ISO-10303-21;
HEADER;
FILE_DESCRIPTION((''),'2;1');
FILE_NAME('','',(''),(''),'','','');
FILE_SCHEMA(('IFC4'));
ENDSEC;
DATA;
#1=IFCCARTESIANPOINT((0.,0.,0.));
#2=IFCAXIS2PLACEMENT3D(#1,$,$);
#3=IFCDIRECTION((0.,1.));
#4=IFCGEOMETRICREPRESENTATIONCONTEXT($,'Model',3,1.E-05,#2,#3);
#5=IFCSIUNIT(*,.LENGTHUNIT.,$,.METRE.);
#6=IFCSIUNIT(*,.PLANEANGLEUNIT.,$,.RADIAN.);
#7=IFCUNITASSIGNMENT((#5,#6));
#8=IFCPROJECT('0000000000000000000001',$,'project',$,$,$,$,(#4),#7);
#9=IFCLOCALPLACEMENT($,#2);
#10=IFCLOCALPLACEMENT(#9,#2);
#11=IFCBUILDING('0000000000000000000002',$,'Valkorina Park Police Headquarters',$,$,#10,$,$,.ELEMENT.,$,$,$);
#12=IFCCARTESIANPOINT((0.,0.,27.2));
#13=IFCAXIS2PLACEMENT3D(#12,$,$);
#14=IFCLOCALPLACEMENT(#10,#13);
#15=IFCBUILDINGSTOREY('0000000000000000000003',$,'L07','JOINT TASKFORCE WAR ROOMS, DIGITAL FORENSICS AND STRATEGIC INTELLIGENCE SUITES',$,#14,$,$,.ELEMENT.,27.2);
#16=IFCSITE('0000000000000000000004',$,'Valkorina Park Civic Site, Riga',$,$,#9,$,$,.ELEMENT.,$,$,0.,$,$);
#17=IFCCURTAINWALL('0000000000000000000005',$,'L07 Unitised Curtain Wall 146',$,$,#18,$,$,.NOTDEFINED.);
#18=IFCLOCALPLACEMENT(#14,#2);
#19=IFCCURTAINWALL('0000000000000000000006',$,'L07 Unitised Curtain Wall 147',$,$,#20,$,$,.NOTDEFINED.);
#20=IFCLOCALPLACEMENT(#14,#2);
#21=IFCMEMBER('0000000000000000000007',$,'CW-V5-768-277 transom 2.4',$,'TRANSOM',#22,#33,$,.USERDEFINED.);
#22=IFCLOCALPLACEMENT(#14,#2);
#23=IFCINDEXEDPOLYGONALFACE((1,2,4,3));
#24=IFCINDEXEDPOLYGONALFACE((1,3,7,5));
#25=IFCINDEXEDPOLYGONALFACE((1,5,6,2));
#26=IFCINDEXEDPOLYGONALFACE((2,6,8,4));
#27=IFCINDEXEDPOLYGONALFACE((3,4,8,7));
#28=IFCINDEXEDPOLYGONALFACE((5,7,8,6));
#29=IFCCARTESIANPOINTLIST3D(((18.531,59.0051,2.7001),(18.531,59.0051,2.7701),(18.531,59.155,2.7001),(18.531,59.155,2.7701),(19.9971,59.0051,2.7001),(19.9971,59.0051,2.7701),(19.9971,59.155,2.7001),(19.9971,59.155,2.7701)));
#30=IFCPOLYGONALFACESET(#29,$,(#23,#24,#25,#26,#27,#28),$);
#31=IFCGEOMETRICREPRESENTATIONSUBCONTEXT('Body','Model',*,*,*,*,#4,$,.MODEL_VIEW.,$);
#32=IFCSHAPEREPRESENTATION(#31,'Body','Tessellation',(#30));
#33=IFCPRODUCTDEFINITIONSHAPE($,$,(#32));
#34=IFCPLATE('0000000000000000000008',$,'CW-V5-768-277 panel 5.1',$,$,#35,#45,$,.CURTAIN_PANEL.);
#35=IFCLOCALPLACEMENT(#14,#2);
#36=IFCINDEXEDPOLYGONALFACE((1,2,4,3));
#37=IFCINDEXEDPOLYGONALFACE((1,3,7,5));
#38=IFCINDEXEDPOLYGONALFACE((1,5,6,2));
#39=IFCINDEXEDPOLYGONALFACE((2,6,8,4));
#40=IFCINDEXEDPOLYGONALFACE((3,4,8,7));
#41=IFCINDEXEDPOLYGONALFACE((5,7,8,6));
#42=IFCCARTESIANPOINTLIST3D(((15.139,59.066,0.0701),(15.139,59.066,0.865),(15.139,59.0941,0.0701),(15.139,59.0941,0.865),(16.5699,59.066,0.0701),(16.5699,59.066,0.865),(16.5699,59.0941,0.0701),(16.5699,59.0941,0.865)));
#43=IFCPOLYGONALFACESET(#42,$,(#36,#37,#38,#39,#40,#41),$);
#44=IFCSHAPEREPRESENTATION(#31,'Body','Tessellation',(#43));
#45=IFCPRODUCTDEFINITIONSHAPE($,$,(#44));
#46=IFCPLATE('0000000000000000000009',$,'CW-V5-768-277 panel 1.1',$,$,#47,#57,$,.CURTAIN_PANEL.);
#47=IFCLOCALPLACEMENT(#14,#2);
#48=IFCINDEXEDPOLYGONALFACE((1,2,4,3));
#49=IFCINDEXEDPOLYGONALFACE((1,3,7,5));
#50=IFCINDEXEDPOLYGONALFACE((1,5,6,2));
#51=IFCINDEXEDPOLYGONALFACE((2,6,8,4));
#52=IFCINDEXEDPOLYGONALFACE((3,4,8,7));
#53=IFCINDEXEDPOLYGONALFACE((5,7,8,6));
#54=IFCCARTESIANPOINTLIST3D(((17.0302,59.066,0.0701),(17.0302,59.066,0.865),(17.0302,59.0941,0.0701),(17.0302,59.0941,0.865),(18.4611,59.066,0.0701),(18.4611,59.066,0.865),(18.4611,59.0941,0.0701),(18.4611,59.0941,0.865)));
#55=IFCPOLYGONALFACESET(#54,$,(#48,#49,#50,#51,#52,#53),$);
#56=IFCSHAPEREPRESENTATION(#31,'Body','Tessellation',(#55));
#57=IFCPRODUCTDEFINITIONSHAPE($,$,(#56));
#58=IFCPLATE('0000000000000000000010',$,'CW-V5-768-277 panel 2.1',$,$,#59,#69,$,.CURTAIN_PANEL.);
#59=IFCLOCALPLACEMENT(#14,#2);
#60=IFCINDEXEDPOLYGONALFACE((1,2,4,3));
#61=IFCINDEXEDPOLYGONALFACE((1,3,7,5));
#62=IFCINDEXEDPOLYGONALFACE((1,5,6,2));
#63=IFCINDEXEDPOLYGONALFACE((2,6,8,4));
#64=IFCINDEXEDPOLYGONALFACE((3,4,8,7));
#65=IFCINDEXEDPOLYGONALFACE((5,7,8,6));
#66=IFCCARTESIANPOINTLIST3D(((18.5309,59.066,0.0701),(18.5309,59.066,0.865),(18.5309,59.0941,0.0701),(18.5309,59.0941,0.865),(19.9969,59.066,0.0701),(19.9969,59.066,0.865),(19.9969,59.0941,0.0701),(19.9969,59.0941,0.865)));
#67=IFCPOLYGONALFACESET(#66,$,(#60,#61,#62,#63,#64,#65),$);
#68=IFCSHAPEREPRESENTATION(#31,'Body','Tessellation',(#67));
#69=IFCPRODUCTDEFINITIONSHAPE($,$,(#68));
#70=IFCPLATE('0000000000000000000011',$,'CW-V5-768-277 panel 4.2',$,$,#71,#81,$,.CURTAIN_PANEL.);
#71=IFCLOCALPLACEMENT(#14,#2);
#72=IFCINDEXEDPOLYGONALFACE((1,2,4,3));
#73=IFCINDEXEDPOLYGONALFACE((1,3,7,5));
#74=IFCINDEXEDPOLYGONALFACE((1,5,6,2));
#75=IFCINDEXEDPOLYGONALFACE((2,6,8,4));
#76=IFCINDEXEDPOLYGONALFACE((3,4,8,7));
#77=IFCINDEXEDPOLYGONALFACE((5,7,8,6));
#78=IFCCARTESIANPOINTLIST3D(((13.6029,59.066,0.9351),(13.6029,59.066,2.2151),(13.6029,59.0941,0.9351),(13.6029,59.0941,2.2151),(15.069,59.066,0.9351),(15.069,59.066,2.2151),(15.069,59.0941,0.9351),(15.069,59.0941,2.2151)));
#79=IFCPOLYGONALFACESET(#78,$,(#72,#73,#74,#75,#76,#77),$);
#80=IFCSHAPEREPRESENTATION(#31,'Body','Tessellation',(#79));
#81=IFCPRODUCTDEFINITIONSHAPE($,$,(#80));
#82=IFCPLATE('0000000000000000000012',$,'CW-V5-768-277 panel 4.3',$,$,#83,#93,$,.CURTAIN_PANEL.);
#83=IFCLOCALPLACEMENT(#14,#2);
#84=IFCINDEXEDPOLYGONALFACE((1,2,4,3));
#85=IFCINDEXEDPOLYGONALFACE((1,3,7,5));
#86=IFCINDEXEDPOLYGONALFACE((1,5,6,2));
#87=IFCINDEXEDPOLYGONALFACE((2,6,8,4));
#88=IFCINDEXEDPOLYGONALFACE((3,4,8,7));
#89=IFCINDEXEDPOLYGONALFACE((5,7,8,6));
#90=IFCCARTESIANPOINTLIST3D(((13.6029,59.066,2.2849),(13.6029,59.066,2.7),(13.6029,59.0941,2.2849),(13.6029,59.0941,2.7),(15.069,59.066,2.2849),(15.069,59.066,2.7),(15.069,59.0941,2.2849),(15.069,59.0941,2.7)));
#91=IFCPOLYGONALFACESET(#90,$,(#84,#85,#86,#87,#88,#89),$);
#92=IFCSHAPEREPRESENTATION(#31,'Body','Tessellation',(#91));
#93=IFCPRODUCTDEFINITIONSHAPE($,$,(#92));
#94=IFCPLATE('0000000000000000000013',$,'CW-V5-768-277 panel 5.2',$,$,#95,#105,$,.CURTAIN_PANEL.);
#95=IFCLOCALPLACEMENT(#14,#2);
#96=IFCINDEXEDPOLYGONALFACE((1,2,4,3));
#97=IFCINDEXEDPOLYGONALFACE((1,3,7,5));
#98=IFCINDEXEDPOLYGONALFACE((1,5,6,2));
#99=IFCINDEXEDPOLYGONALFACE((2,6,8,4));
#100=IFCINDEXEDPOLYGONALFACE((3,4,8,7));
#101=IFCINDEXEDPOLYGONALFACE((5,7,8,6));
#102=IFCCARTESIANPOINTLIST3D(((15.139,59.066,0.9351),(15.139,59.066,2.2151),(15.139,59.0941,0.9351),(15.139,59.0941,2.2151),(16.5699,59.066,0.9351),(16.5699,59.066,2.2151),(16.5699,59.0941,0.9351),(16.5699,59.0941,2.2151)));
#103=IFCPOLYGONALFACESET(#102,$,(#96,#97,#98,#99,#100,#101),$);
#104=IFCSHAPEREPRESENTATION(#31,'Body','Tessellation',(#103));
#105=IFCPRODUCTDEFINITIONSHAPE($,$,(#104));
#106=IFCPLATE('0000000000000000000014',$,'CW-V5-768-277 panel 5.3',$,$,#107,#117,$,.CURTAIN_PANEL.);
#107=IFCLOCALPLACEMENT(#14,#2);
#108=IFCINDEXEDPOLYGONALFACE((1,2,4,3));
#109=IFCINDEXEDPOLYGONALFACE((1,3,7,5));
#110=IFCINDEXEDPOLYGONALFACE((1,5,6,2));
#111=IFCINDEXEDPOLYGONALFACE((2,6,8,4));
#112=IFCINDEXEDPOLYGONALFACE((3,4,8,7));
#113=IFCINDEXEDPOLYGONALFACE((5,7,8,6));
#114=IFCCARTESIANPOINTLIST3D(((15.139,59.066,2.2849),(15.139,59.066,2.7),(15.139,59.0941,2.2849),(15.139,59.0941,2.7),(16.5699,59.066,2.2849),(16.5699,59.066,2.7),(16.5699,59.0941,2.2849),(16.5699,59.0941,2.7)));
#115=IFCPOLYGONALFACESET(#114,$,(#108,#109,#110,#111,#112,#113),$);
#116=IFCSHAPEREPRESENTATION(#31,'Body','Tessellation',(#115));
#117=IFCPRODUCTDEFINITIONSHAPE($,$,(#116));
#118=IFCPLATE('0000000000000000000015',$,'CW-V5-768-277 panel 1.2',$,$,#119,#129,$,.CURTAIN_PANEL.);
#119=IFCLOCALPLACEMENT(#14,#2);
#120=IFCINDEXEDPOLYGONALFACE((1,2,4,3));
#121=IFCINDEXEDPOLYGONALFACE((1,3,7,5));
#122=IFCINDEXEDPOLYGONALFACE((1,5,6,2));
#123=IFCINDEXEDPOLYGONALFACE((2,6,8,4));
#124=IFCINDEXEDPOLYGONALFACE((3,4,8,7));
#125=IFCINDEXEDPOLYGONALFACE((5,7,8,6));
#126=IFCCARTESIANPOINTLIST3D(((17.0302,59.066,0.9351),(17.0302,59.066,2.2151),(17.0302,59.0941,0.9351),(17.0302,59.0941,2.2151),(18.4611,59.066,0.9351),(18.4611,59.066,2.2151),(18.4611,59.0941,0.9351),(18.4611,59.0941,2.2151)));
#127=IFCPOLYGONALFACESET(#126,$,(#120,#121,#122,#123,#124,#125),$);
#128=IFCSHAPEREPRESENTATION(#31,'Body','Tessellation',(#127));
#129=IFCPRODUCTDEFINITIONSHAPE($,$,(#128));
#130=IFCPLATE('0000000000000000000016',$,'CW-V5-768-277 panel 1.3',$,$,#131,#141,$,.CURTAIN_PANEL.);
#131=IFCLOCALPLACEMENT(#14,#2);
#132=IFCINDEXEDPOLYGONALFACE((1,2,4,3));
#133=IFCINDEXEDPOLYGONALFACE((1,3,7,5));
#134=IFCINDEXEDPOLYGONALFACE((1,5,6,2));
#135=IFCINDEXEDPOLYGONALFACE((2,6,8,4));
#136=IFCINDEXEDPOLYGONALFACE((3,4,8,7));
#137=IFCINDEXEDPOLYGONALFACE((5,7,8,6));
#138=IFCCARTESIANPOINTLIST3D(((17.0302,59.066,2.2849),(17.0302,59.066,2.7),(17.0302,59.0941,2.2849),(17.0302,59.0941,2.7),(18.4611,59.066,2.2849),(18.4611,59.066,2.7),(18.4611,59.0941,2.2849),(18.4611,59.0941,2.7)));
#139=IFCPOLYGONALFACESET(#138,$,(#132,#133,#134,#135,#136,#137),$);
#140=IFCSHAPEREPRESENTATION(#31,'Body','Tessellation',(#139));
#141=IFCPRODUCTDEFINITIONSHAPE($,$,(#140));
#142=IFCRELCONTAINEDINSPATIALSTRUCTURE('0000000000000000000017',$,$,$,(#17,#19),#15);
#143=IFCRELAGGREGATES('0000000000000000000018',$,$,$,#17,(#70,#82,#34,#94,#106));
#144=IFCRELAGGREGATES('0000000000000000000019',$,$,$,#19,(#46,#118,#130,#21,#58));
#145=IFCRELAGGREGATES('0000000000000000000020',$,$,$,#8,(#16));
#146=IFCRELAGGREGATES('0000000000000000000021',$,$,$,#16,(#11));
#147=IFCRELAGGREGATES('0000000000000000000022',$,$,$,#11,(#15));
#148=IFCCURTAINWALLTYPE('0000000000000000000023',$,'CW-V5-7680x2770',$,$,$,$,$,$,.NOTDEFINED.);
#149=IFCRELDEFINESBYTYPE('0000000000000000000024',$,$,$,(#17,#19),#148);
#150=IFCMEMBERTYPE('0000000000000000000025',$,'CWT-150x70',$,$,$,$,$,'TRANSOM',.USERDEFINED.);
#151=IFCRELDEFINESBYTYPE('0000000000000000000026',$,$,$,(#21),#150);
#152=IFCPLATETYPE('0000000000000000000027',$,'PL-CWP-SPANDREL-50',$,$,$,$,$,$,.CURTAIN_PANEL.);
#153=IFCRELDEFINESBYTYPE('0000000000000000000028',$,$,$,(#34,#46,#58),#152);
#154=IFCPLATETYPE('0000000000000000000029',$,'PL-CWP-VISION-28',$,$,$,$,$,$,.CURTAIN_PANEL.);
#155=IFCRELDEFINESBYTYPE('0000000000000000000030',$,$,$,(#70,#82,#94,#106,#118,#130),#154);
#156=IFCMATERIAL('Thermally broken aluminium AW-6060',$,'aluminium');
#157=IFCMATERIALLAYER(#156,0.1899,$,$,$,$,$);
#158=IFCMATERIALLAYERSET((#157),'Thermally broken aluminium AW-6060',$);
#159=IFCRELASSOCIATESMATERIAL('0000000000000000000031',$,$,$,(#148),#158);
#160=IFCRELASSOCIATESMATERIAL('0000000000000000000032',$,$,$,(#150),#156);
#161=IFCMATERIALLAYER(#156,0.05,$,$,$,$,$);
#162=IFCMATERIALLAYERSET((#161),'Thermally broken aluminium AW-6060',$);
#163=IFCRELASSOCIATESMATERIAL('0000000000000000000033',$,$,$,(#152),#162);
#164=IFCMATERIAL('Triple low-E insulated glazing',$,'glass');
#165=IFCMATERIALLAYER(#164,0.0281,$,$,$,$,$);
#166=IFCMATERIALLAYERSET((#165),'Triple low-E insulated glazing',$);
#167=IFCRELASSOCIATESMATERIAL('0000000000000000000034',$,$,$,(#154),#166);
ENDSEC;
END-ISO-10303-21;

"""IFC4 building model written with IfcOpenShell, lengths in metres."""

from ifc_helpers import new_model, si_unit, direction, frame, origin, origin_2d, place, context, subcontext, project, spatial, rectangle, extrude, material, layer, layer_set, material_profile, profile_set, type_object, element, aggregate, save


model = new_model("IFC4")

# Units and contexts
model_context = context("Model", 3, precision=1e-05, world=origin(), true_north=direction((0.0, 1.0)))
body_context = subcontext(model_context, "Body", "Model", "MODEL_VIEW")
ifc_project = project(units=[si_unit("LENGTHUNIT", "METRE"), si_unit("PLANEANGLEUNIT", "RADIAN")], contexts=[model_context])

# Site, building, storey
site_placement = place(None, origin())
site = spatial("IfcSite", under=ifc_project, at=site_placement, Name="Valkorina Park Civic Site, Riga", CompositionType="ELEMENT", RefElevation=0.0)
building_placement = place(site_placement, origin())
building = spatial("IfcBuilding", under=site, at=building_placement, Name="Valkorina Park Police Headquarters", CompositionType="ELEMENT")
storey_placement = place(building_placement, frame((0.0, 0.0, 27.2)))
storey = spatial("IfcBuildingStorey", under=building, at=storey_placement, Name="L07", Description="JOINT TASKFORCE WAR ROOMS, DIGITAL FORENSICS AND STRATEGIC INTELLIGENCE SUITES", CompositionType="ELEMENT", Elevation=27.2)

# Curtain walls
ifc_material_1 = material(Name="Thermally broken aluminium AW-6060", Category="aluminium")
ifc_layer_1 = layer(ifc_material_1, 0.1899)
ifc_layer_set_1 = layer_set([ifc_layer_1], Name="Thermally broken aluminium AW-6060")
curtain_wall_type = type_object("IfcCurtainWallType", Name="CW-V5-7680x2770", PredefinedType="NOTDEFINED", material=ifc_layer_set_1)
curtain_wall_1_placement = place(storey_placement, origin())
curtain_wall_1 = element("IfcCurtainWall", 1, at=curtain_wall_1_placement, inside=storey, type_object=curtain_wall_type, Name="L07 Unitised Curtain Wall 146", PredefinedType="NOTDEFINED")
curtain_wall_2_placement = place(storey_placement, origin())
curtain_wall_2 = element("IfcCurtainWall", 2, at=curtain_wall_2_placement, inside=storey, type_object=curtain_wall_type, Name="L07 Unitised Curtain Wall 147", PredefinedType="NOTDEFINED")

# Member
ifc_material_profile_1 = material_profile(ifc_material_1, rectangle(XDim=0.1499, YDim=0.0701, at=origin_2d()), Name="CWT-02 150x70")
ifc_profile_set_1 = profile_set([ifc_material_profile_1], Name="Thermally broken aluminium AW-6060")
member_type_1 = type_object("IfcMemberType", Name="CWT-150x70", ElementType="TRANSOM", PredefinedType="USERDEFINED", material=ifc_profile_set_1)
member_1_placement = place(storey_placement, frame((18.531, 59.0801, 2.7351), z_axis=(1.0, 0.0, 0.0), x_axis=(0.0, 1.0, 0.0)))
member_1 = element("IfcMember", 3, at=member_1_placement, type_object=member_type_1, Name="CW-V5-768-277 transom 2.4", ObjectType="TRANSOM", PredefinedType="USERDEFINED", context=body_context, shape_type="SweptSolid", body=[
    extrude(rectangle(XDim=0.1499, YDim=0.0701, at=origin_2d()), origin(), (0.0, 0.0, 1.0), 1.4661),
])

# Plates
ifc_layer_2 = layer(ifc_material_1, 0.05)
ifc_layer_set_2 = layer_set([ifc_layer_2], Name="Thermally broken aluminium AW-6060")
plate_type_1 = type_object("IfcPlateType", Name="PL-CWP-SPANDREL-50", PredefinedType="CURTAIN_PANEL", material=ifc_layer_set_2)
plate_1_placement = place(storey_placement, frame((15.8545, 59.0801, 0.0701), z_axis=(0.0, 0.0, 1.0), x_axis=(1.0, 0.0, 0.0)))
plate_1 = element("IfcPlate", 4, at=plate_1_placement, type_object=plate_type_1, Name="CW-V5-768-277 panel 5.1", PredefinedType="CURTAIN_PANEL", context=body_context, shape_type="SweptSolid", body=[
    extrude(rectangle(XDim=1.4309, YDim=0.0281, at=origin_2d()), origin(), (0.0, 0.0, 1.0), 0.7949),
])
plate_2_placement = place(storey_placement, frame((17.7456, 59.0801, 0.0701), z_axis=(0.0, 0.0, 1.0), x_axis=(1.0, 0.0, 0.0)))
plate_2 = element("IfcPlate", 5, at=plate_2_placement, type_object=plate_type_1, Name="CW-V5-768-277 panel 1.1", PredefinedType="CURTAIN_PANEL", context=body_context, shape_type="SweptSolid", body=[
    extrude(rectangle(XDim=1.4309, YDim=0.0281, at=origin_2d()), origin(), (0.0, 0.0, 1.0), 0.7949),
])
plate_3_placement = place(storey_placement, frame((19.2639, 59.0801, 0.0701), z_axis=(0.0, 0.0, 1.0), x_axis=(1.0, 0.0, 0.0)))
plate_3 = element("IfcPlate", 6, at=plate_3_placement, type_object=plate_type_1, Name="CW-V5-768-277 panel 2.1", PredefinedType="CURTAIN_PANEL", context=body_context, shape_type="SweptSolid", body=[
    extrude(rectangle(XDim=1.4661, YDim=0.0281, at=origin_2d()), origin(), (0.0, 0.0, 1.0), 0.7949),
])
ifc_material_2 = material(Name="Triple low-E insulated glazing", Category="glass")
ifc_layer_3 = layer(ifc_material_2, 0.0281)
ifc_layer_set_3 = layer_set([ifc_layer_3], Name="Triple low-E insulated glazing")
plate_type_2 = type_object("IfcPlateType", Name="PL-CWP-VISION-28", PredefinedType="CURTAIN_PANEL", material=ifc_layer_set_3)
plate_4_placement = place(storey_placement, frame((14.3359, 59.0801, 0.9351), z_axis=(0.0, 0.0, 1.0), x_axis=(1.0, 0.0, 0.0)))
plate_4 = element("IfcPlate", 7, at=plate_4_placement, type_object=plate_type_2, Name="CW-V5-768-277 panel 4.2", PredefinedType="CURTAIN_PANEL", context=body_context, shape_type="SweptSolid", body=[
    extrude(rectangle(XDim=1.4661, YDim=0.0281, at=origin_2d()), origin(), (0.0, 0.0, 1.0), 1.28),
])
plate_5_placement = place(storey_placement, frame((14.3359, 59.0801, 2.2849), z_axis=(0.0, 0.0, 1.0), x_axis=(1.0, 0.0, 0.0)))
plate_5 = element("IfcPlate", 8, at=plate_5_placement, type_object=plate_type_2, Name="CW-V5-768-277 panel 4.3", PredefinedType="CURTAIN_PANEL", context=body_context, shape_type="SweptSolid", body=[
    extrude(rectangle(XDim=1.4661, YDim=0.0281, at=origin_2d()), origin(), (0.0, 0.0, 1.0), 0.415),
])
plate_6_placement = place(storey_placement, frame((15.8545, 59.0801, 0.9351), z_axis=(0.0, 0.0, 1.0), x_axis=(1.0, 0.0, 0.0)))
plate_6 = element("IfcPlate", 9, at=plate_6_placement, type_object=plate_type_2, Name="CW-V5-768-277 panel 5.2", PredefinedType="CURTAIN_PANEL", context=body_context, shape_type="SweptSolid", body=[
    extrude(rectangle(XDim=1.4309, YDim=0.0281, at=origin_2d()), origin(), (0.0, 0.0, 1.0), 1.28),
])
plate_7_placement = place(storey_placement, frame((15.8545, 59.0801, 2.2849), z_axis=(0.0, 0.0, 1.0), x_axis=(1.0, 0.0, 0.0)))
plate_7 = element("IfcPlate", 10, at=plate_7_placement, type_object=plate_type_2, Name="CW-V5-768-277 panel 5.3", PredefinedType="CURTAIN_PANEL", context=body_context, shape_type="SweptSolid", body=[
    extrude(rectangle(XDim=1.4309, YDim=0.0281, at=origin_2d()), origin(), (0.0, 0.0, 1.0), 0.415),
])
aggregate(curtain_wall_1, [plate_4, plate_5, plate_1, plate_6, plate_7])
plate_8_placement = place(storey_placement, frame((17.7456, 59.0801, 0.9351), z_axis=(0.0, 0.0, 1.0), x_axis=(1.0, 0.0, 0.0)))
plate_8 = element("IfcPlate", 11, at=plate_8_placement, type_object=plate_type_2, Name="CW-V5-768-277 panel 1.2", PredefinedType="CURTAIN_PANEL", context=body_context, shape_type="SweptSolid", body=[
    extrude(rectangle(XDim=1.4309, YDim=0.0281, at=origin_2d()), origin(), (0.0, 0.0, 1.0), 1.28),
])
plate_9_placement = place(storey_placement, frame((17.7456, 59.0801, 2.2849), z_axis=(0.0, 0.0, 1.0), x_axis=(1.0, 0.0, 0.0)))
plate_9 = element("IfcPlate", 12, at=plate_9_placement, type_object=plate_type_2, Name="CW-V5-768-277 panel 1.3", PredefinedType="CURTAIN_PANEL", context=body_context, shape_type="SweptSolid", body=[
    extrude(rectangle(XDim=1.4309, YDim=0.0281, at=origin_2d()), origin(), (0.0, 0.0, 1.0), 0.415),
])
aggregate(curtain_wall_2, [plate_2, plate_8, plate_9, member_1, plate_3])

save(model, "model.ifc")
